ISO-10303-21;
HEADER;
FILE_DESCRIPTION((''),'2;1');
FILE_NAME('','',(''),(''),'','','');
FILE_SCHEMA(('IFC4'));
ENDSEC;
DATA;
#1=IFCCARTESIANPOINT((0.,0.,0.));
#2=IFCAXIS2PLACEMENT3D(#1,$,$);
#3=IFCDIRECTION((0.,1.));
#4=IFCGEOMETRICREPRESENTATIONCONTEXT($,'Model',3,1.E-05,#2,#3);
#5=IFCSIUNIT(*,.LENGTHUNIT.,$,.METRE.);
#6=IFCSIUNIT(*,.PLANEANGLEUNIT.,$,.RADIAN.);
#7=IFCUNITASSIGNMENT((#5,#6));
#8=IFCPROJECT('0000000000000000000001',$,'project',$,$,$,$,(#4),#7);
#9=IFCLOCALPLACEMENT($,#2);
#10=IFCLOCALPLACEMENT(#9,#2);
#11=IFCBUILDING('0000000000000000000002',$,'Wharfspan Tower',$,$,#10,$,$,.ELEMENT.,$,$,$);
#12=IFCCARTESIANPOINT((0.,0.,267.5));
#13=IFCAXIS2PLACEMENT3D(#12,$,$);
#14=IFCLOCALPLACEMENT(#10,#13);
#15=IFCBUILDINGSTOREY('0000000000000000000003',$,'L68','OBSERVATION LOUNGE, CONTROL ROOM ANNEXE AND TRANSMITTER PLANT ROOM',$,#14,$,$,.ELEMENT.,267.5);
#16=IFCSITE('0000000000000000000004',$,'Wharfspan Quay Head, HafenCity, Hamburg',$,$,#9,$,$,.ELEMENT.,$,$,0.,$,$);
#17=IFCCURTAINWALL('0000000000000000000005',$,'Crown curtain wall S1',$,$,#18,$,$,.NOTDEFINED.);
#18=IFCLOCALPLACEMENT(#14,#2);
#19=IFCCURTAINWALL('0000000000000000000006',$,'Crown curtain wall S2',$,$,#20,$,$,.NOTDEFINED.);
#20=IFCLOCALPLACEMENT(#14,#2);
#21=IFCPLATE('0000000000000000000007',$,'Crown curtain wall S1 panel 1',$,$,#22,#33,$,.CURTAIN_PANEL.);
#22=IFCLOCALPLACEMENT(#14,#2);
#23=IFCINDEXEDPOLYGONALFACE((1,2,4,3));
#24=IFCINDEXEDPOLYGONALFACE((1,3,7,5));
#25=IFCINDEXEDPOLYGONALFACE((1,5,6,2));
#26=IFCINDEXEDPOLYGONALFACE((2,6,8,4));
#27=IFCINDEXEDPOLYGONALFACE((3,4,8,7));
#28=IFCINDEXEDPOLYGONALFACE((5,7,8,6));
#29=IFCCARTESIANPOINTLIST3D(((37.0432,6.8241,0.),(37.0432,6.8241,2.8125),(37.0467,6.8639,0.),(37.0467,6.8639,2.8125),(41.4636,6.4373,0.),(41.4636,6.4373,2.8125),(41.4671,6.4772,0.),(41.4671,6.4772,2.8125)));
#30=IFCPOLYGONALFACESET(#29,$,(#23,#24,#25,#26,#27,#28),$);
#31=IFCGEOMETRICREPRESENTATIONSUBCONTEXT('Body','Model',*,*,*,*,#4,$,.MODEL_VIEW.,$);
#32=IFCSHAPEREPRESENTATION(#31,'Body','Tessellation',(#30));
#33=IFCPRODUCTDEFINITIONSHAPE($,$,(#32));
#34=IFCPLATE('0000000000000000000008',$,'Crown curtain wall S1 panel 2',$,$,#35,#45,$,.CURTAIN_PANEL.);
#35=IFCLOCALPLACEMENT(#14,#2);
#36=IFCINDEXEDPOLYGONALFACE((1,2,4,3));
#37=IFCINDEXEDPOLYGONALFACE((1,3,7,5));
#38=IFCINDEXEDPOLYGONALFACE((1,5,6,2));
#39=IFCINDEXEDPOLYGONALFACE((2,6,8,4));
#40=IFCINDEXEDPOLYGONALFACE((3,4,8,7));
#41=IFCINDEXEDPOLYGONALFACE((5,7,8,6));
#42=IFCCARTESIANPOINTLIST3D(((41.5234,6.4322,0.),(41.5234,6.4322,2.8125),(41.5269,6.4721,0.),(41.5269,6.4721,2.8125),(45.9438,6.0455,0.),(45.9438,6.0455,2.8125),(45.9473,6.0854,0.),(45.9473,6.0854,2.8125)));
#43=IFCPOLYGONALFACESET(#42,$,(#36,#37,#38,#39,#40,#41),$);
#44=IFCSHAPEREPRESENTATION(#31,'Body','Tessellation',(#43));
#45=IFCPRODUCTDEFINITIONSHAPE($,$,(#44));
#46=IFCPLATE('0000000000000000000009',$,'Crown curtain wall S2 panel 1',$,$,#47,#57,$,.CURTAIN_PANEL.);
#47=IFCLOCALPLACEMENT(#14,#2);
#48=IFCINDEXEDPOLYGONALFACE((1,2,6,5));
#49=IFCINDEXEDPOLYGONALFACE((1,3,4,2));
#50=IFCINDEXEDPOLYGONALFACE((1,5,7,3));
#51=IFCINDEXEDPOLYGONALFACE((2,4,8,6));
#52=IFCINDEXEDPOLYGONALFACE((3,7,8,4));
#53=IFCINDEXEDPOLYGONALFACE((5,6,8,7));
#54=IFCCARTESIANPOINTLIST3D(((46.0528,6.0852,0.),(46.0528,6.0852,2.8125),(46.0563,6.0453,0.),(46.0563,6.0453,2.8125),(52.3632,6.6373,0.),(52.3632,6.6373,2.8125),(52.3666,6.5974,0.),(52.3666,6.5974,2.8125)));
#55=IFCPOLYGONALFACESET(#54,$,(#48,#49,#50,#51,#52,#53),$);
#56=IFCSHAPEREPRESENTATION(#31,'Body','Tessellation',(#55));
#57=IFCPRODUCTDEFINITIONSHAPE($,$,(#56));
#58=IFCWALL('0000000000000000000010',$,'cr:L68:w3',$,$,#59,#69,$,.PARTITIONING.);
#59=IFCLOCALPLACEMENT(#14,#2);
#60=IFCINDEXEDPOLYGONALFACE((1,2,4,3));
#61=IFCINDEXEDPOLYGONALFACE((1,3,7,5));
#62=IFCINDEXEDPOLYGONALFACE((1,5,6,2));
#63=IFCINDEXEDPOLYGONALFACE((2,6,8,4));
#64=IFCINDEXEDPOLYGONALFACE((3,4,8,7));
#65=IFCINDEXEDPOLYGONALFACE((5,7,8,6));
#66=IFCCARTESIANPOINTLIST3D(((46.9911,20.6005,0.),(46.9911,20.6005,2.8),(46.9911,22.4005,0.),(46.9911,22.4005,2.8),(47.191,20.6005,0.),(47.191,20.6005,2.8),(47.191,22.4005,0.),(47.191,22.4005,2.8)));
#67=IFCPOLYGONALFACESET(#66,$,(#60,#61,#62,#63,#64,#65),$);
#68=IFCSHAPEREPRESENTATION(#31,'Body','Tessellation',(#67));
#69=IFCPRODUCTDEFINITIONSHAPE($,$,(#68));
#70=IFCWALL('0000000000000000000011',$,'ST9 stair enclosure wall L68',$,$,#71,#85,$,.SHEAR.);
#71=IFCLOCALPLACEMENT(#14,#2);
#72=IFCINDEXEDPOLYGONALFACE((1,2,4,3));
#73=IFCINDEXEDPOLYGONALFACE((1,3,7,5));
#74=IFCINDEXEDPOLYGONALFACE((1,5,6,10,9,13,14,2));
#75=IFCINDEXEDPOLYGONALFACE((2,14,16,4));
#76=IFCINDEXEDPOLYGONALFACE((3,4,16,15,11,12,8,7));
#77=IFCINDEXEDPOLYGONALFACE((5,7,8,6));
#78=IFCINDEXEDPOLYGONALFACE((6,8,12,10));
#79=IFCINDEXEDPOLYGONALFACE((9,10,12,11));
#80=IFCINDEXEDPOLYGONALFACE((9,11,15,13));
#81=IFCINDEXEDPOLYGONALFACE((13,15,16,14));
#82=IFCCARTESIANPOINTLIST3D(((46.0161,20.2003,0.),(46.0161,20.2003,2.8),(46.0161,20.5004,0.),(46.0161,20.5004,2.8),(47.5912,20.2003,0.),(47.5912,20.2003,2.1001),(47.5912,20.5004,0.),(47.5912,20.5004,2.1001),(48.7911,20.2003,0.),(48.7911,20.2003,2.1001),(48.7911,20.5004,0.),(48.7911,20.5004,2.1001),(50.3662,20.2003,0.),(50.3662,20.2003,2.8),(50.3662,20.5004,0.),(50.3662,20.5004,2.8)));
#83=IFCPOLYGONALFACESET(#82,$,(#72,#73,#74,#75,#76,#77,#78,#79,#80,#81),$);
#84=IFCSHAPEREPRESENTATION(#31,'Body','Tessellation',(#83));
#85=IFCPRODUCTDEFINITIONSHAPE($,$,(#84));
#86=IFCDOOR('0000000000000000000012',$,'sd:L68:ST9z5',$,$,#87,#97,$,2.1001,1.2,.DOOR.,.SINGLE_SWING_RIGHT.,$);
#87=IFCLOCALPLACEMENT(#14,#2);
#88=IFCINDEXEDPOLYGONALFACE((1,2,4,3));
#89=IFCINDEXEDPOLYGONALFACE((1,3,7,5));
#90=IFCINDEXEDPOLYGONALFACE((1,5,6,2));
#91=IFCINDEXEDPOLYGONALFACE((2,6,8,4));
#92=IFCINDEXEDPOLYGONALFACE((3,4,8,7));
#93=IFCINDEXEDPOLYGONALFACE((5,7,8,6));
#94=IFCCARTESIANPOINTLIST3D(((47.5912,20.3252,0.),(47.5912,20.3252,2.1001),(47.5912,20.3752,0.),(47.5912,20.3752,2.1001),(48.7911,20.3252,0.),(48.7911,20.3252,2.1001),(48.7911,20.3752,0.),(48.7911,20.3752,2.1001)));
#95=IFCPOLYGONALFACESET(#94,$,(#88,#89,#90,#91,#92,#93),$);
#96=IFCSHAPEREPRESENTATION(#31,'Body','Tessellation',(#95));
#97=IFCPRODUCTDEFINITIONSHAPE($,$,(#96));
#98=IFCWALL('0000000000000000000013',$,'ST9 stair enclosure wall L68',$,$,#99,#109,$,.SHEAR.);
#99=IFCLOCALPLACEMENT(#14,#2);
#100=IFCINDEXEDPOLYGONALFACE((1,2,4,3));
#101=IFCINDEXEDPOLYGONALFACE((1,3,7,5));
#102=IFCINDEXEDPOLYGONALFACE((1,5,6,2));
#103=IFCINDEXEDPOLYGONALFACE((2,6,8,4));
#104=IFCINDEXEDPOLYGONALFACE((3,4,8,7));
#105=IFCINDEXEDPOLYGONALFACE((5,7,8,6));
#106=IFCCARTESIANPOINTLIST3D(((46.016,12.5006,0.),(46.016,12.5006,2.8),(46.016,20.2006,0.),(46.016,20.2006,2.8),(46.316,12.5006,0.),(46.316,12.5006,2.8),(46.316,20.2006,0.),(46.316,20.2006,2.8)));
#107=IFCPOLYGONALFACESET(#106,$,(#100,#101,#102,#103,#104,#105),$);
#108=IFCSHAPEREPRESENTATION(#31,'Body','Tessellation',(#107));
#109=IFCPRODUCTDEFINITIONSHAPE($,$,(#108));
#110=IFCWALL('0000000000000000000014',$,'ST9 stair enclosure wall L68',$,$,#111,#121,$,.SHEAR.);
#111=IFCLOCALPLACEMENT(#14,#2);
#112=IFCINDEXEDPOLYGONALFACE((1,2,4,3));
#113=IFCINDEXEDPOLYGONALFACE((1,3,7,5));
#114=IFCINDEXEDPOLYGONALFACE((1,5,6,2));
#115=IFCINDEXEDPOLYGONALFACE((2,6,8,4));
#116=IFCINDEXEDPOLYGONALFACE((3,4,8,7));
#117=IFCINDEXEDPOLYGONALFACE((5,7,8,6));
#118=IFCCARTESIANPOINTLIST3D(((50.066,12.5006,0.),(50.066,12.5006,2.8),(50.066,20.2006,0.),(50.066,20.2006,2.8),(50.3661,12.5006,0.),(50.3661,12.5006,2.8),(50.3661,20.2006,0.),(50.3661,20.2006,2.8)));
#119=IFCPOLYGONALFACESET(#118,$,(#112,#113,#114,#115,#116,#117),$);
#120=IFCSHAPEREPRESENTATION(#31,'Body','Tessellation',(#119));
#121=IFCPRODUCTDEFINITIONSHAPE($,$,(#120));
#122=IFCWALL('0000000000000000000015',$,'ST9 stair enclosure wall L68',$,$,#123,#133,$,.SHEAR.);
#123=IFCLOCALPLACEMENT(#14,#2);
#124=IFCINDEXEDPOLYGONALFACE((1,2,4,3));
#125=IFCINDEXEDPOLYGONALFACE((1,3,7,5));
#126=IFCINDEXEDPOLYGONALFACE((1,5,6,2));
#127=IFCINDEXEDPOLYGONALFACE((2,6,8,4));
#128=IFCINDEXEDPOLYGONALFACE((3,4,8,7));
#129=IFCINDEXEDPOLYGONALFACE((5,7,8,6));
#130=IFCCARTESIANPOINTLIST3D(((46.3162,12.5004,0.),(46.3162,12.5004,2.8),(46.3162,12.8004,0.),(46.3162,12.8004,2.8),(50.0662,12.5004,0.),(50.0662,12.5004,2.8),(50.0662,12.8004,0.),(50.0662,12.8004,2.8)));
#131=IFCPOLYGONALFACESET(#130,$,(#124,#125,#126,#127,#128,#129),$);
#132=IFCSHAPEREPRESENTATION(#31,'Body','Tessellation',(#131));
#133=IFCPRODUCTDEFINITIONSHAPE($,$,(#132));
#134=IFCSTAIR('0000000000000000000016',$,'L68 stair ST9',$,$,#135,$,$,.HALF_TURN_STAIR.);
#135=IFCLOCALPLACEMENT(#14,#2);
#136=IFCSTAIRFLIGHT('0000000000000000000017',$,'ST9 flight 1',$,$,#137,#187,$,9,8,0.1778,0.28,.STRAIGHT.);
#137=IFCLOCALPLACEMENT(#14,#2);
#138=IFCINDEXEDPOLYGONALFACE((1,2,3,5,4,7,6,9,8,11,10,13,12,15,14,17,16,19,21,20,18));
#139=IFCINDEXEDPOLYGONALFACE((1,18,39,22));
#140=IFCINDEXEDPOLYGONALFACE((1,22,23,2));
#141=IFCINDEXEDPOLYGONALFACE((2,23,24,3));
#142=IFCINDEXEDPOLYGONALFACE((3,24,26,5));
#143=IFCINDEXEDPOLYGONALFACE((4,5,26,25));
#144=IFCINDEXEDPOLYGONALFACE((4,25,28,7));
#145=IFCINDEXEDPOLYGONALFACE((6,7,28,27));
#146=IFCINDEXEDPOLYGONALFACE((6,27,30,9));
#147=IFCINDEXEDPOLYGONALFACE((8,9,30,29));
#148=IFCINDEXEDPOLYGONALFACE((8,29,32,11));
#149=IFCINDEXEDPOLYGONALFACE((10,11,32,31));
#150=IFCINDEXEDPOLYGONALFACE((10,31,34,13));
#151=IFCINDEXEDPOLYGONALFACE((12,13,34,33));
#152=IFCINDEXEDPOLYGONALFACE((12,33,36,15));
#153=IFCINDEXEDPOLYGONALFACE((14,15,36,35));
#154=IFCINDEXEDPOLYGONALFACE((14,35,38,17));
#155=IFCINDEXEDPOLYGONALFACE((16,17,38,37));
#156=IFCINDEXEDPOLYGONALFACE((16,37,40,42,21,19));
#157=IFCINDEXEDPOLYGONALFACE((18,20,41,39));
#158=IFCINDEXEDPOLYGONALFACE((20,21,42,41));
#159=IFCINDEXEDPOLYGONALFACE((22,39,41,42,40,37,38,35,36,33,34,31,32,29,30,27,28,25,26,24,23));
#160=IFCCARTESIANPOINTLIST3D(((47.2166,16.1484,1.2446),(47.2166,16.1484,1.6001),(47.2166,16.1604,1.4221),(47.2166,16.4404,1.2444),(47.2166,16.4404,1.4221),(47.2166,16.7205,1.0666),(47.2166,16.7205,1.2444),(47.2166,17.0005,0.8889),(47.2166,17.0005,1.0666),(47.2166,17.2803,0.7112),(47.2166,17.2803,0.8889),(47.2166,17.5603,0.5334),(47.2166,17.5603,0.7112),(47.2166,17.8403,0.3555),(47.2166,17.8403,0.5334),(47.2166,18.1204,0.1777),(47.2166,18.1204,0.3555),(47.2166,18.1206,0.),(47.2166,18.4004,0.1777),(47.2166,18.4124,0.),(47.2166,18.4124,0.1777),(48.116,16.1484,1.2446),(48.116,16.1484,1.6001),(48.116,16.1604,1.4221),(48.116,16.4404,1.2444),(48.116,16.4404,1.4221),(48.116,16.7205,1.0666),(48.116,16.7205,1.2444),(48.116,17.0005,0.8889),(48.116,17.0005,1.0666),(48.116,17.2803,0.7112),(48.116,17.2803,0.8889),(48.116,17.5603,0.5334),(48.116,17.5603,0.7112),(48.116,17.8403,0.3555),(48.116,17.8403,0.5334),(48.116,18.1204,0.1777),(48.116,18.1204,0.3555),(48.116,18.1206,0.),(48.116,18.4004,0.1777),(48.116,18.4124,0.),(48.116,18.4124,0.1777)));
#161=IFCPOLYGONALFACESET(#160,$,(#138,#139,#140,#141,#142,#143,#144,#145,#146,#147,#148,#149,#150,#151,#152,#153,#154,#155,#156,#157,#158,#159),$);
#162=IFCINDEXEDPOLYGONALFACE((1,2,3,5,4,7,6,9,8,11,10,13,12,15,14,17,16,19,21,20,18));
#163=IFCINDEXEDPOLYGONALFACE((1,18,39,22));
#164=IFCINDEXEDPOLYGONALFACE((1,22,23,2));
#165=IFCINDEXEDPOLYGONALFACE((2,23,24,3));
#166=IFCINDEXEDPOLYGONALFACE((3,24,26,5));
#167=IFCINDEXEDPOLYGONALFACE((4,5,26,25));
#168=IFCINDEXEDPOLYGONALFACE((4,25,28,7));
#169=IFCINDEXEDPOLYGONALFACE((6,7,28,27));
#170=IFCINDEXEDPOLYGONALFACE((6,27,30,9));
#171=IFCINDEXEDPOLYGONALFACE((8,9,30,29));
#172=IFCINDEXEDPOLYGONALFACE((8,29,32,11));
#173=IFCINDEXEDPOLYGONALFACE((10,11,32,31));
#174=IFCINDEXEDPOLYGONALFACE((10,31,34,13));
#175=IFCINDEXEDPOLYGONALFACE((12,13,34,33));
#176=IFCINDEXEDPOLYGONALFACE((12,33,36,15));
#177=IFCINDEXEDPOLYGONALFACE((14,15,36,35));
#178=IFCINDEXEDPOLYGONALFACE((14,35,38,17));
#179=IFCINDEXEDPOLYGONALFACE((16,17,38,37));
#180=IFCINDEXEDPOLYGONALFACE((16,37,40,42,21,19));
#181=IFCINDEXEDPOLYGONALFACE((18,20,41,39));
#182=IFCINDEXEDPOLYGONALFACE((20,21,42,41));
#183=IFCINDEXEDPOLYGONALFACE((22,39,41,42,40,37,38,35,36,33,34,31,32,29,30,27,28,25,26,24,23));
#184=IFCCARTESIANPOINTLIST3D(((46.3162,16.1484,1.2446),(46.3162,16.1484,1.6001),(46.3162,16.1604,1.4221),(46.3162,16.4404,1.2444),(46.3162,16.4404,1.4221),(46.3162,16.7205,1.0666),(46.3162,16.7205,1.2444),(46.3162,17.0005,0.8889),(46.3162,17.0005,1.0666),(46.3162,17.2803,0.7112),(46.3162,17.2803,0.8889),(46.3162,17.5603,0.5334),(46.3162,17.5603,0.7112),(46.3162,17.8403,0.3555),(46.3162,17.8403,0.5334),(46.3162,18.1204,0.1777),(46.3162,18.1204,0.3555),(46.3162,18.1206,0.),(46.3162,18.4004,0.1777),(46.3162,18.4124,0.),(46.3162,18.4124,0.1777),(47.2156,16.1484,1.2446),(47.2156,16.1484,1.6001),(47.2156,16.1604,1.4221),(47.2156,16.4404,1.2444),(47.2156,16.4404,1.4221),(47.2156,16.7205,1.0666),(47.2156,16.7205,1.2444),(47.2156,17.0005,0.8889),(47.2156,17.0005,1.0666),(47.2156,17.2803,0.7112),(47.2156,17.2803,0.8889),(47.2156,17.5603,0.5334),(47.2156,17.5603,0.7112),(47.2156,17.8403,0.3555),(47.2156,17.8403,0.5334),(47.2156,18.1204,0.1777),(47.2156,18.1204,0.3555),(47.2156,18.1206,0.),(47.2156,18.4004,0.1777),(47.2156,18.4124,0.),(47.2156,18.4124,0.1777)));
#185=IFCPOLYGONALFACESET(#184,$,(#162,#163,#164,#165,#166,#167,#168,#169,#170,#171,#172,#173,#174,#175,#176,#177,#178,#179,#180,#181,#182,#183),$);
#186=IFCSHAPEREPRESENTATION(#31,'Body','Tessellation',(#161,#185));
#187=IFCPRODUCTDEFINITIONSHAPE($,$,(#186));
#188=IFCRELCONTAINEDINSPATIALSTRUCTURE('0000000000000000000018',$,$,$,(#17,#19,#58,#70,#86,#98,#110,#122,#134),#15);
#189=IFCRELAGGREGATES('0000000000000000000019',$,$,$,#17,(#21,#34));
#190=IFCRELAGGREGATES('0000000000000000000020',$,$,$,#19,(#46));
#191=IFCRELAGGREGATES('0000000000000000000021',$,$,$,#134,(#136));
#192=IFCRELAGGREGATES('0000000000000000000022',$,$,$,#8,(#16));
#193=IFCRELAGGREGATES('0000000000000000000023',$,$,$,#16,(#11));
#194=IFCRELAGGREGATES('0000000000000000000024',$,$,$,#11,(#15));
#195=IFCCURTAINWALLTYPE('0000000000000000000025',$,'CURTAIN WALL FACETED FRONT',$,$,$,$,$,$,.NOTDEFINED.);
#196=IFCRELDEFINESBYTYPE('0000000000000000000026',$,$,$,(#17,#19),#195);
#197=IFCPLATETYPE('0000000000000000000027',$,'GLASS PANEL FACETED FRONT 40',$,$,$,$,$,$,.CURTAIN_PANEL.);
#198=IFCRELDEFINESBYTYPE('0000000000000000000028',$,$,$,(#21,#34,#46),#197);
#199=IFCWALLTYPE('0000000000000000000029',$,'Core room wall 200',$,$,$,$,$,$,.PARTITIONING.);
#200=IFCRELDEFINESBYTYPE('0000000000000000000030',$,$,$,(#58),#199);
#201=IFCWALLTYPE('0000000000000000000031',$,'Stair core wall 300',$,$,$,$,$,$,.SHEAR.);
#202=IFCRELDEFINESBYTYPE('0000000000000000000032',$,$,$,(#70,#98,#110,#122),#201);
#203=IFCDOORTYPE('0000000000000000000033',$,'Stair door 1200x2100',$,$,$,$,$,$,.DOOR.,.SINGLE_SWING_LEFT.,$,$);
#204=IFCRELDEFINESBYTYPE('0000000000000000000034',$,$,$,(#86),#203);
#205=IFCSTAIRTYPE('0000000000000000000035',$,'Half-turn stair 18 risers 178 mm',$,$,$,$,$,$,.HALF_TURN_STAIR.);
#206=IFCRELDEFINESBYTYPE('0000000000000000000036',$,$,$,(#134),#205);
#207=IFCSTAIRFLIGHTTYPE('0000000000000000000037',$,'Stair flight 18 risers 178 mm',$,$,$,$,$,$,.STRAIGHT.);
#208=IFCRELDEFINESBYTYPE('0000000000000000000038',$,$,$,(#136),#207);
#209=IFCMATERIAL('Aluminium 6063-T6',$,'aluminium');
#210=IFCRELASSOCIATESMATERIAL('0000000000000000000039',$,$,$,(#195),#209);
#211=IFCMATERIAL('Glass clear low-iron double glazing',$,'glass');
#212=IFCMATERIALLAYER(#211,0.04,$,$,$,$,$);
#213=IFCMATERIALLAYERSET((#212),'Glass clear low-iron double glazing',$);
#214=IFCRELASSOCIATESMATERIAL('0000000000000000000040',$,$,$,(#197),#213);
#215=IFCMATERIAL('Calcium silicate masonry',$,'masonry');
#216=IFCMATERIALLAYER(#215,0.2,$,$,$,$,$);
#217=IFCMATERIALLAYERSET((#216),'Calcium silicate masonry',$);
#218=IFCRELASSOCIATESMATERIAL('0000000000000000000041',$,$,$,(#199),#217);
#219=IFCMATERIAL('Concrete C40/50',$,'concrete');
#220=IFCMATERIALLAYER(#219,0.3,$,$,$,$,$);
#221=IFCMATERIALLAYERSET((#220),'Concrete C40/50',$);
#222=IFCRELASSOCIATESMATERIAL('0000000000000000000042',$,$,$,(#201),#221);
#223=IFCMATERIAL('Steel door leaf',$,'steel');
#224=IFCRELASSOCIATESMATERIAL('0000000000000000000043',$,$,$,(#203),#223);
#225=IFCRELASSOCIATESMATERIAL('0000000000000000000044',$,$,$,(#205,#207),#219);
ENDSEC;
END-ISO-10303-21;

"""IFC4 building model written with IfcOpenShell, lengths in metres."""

from ifc_helpers import new_model, si_unit, direction, frame, frame_2d, origin, origin_2d, place, context, subcontext, project, spatial, polyline, rectangle, outline, extrude, material, layer, layer_set, type_object, element, fill, aggregate, save


model = new_model("IFC4")

# Units and contexts
model_context = context("Model", 3, precision=1e-05, world=origin(), true_north=direction((0.0, 1.0)))
body_context = subcontext(model_context, "Body", "Model", "MODEL_VIEW")
ifc_project = project(units=[si_unit("LENGTHUNIT", "METRE"), si_unit("PLANEANGLEUNIT", "RADIAN")], contexts=[model_context])

# Site, building, storey
site_placement = place(None, origin())
site = spatial("IfcSite", under=ifc_project, at=site_placement, Name="Wharfspan Quay Head, HafenCity, Hamburg", CompositionType="ELEMENT", RefElevation=0.0)
building_placement = place(site_placement, origin())
building = spatial("IfcBuilding", under=site, at=building_placement, Name="Wharfspan Tower", CompositionType="ELEMENT")
storey_placement = place(building_placement, frame((0.0, 0.0, 267.5)))
storey = spatial("IfcBuildingStorey", under=building, at=storey_placement, Name="L68", Description="OBSERVATION LOUNGE, CONTROL ROOM ANNEXE AND TRANSMITTER PLANT ROOM", CompositionType="ELEMENT", Elevation=267.5)

# Curtain wall
ifc_material_1 = material(Name="Aluminium 6063-T6", Category="aluminium")
curtain_wall_type = type_object("IfcCurtainWallType", Name="CURTAIN WALL FACETED FRONT", PredefinedType="NOTDEFINED", material=ifc_material_1)
curtain_wall_1_placement = place(storey_placement, origin())
curtain_wall_1 = element("IfcCurtainWall", 1, at=curtain_wall_1_placement, inside=storey, type_object=curtain_wall_type, Name="Crown curtain wall S1", PredefinedType="NOTDEFINED")

# Curtain wall
curtain_wall_2_placement = place(storey_placement, origin())
curtain_wall_2 = element("IfcCurtainWall", 2, at=curtain_wall_2_placement, inside=storey, type_object=curtain_wall_type, Name="Crown curtain wall S2", PredefinedType="NOTDEFINED")

# Plates
ifc_material_2 = material(Name="Glass clear low-iron double glazing", Category="glass")
ifc_layer_1 = layer(ifc_material_2, 0.04)
ifc_layer_set_1 = layer_set([ifc_layer_1], Name="Glass clear low-iron double glazing")
plate_type = type_object("IfcPlateType", Name="GLASS PANEL FACETED FRONT 40", PredefinedType="CURTAIN_PANEL", material=ifc_layer_set_1)
plate_1_placement = place(storey_placement, frame((39.2551, 6.6506, 0.0), z_axis=(0.0, 0.0, 1.0), x_axis=(0.996198, -0.087156, 0.0)))
plate_1 = element("IfcPlate", 3, at=plate_1_placement, type_object=plate_type, Name="Crown curtain wall S1 panel 1", PredefinedType="CURTAIN_PANEL", context=body_context, shape_type="SweptSolid", body=[
    extrude(rectangle(XDim=4.4373, YDim=0.04, at=origin_2d()), origin(), (0.0, 0.0, 1.0), 2.8125),
])
plate_2_placement = place(storey_placement, frame((43.7354, 6.2588, 0.0), z_axis=(0.0, 0.0, 1.0), x_axis=(0.996198, -0.087156, 0.0)))
plate_2 = element("IfcPlate", 4, at=plate_2_placement, type_object=plate_type, Name="Crown curtain wall S1 panel 2", PredefinedType="CURTAIN_PANEL", context=body_context, shape_type="SweptSolid", body=[
    extrude(rectangle(XDim=4.4373, YDim=0.04, at=origin_2d()), origin(), (0.0, 0.0, 1.0), 2.8125),
])
aggregate(curtain_wall_1, [plate_1, plate_2])
plate_3_placement = place(storey_placement, frame((49.2097, 6.3413, 0.0), z_axis=(0.0, 0.0, 1.0), x_axis=(0.996198, 0.087156, 0.0)))
plate_3 = element("IfcPlate", 5, at=plate_3_placement, type_object=plate_type, Name="Crown curtain wall S2 panel 1", PredefinedType="CURTAIN_PANEL", context=body_context, shape_type="SweptSolid", body=[
    extrude(rectangle(XDim=6.3345, YDim=0.04, at=origin_2d()), origin(), (0.0, 0.0, 1.0), 2.8125),
])
aggregate(curtain_wall_2, [plate_3])

# Wall
ifc_material_3 = material(Name="Calcium silicate masonry", Category="masonry")
ifc_layer_2 = layer(ifc_material_3, 0.2)
ifc_layer_set_2 = layer_set([ifc_layer_2], Name="Calcium silicate masonry")
wall_type_1 = type_object("IfcWallType", Name="Core room wall 200", PredefinedType="PARTITIONING", material=ifc_layer_set_2)
wall_1_placement = place(storey_placement, frame((47.0911, 22.4004, 0.0), z_axis=(0.0, 0.0, 1.0), x_axis=(0.0, -1.0, 0.0)))
element("IfcWall", 6, at=wall_1_placement, inside=storey, type_object=wall_type_1, Name="cr:L68:w3", PredefinedType="PARTITIONING", context=body_context, shape_type="SweptSolid", body=[
    extrude(rectangle(XDim=1.8, YDim=0.2, at=frame_2d((0.8999, 0.0))), origin(), (0.0, 0.0, 1.0), 2.8),
])

# Wall, opening, door
ifc_material_4 = material(Name="Concrete C40/50", Category="concrete")
ifc_layer_3 = layer(ifc_material_4, 0.3)
ifc_layer_set_3 = layer_set([ifc_layer_3], Name="Concrete C40/50")
wall_type_2 = type_object("IfcWallType", Name="Stair core wall 300", PredefinedType="SHEAR", material=ifc_layer_set_3)
wall_2_placement = place(storey_placement, frame((46.0161, 20.3503, 0.0), z_axis=(0.0, 0.0, 1.0), x_axis=(1.0, 0.0, 0.0)))
wall_2 = element("IfcWall", 7, at=wall_2_placement, inside=storey, type_object=wall_type_2, Name="ST9 stair enclosure wall L68", PredefinedType="SHEAR", context=body_context, shape_type="SweptSolid", body=[
    extrude(rectangle(XDim=4.3501, YDim=0.3, at=frame_2d((2.175, 0.0))), origin(), (0.0, 0.0, 1.0), 2.8),
])
opening_placement = place(wall_2_placement, frame((1.575, 0.0, 0.0)))
opening = element("IfcOpeningElement", 8, at=opening_placement, cuts=wall_2, PredefinedType="OPENING", context=body_context, shape_type="SweptSolid", body=[
    extrude(rectangle(XDim=1.2, YDim=2.1001, at=frame_2d((0.6001, 1.05))), frame((0.0, 0.1599, 0.0), z_axis=(0.0, -1.0, 0.0), x_axis=(1.0, 0.0, 0.0)), (0.0, 0.0, 1.0), 0.3201),
])
ifc_material_5 = material(Name="Steel door leaf", Category="steel")
door_type = type_object("IfcDoorType", Name="Stair door 1200x2100", OperationType="SINGLE_SWING_LEFT", PredefinedType="DOOR", material=ifc_material_5)
door_placement = place(opening_placement, origin())
door = element("IfcDoor", 9, at=door_placement, inside=storey, type_object=door_type, Name="sd:L68:ST9z5", OperationType="SINGLE_SWING_RIGHT", OverallHeight=2.1001, OverallWidth=1.2, PredefinedType="DOOR", context=body_context, shape_type="SweptSolid", body=[
    extrude(rectangle(XDim=1.2, YDim=2.1001, at=frame_2d((0.6001, 1.05))), frame((0.0, 0.0249, 0.0), z_axis=(0.0, -1.0, 0.0), x_axis=(1.0, 0.0, 0.0)), (0.0, 0.0, 1.0), 0.05),
])
fill(opening, door)

# Walls
for number, where, z_axis, x_axis, name in (
    (10, (46.166, 12.5005, 0.0), (0.0, 0.0, 1.0), (0.0, 1.0, 0.0), "ST9 stair enclosure wall L68"),
    (11, (50.2161, 12.5005, 0.0), (0.0, 0.0, 1.0), (0.0, 1.0, 0.0), "ST9 stair enclosure wall L68"),
):
    element("IfcWall", number, at=place(storey_placement, frame(where, z_axis=z_axis, x_axis=x_axis)), inside=storey, type_object=wall_type_2, Name=name, PredefinedType="SHEAR", context=body_context, shape_type="SweptSolid", body=[
        extrude(rectangle(XDim=7.7, YDim=0.3, at=frame_2d((3.8501, 0.0))), origin(), (0.0, 0.0, 1.0), 2.8),
    ])
wall_3_placement = place(storey_placement, frame((46.3162, 12.6504, 0.0), z_axis=(0.0, 0.0, 1.0), x_axis=(1.0, 0.0, 0.0)))
element("IfcWall", 12, at=wall_3_placement, inside=storey, type_object=wall_type_2, Name="ST9 stair enclosure wall L68", PredefinedType="SHEAR", context=body_context, shape_type="SweptSolid", body=[
    extrude(rectangle(XDim=3.75, YDim=0.3, at=frame_2d((1.875, 0.0))), origin(), (0.0, 0.0, 1.0), 2.8),
])

# Stair, stair flight
stair_type = type_object("IfcStairType", Name="Half-turn stair 18 risers 178 mm", PredefinedType="HALF_TURN_STAIR", material=ifc_material_4)
stair_placement = place(storey_placement, origin())
stair = element("IfcStair", 13, at=stair_placement, inside=storey, type_object=stair_type, Name="L68 stair ST9", PredefinedType="HALF_TURN_STAIR")
stair_flight_type = type_object("IfcStairFlightType", Name="Stair flight 18 risers 178 mm", PredefinedType="STRAIGHT", material=ifc_material_4)
stair_flight_1_placement = place(storey_placement, frame((47.2161, 18.4004, 0.0), z_axis=(0.0, 0.0, 1.0), x_axis=(0.0, -1.0, 0.0)))
stair_flight_1 = element("IfcStairFlight", 14, at=stair_flight_1_placement, type_object=stair_flight_type, Name="ST9 flight 1", NumberOfRisers=9, NumberOfTreads=8, PredefinedType="STRAIGHT", RiserHeight=0.1778, TreadLength=0.28, context=body_context, shape_type="SweptSolid", body=[
    extrude(outline(polyline([(-0.012, 0.0), (-0.012, 0.1777), (0.0, 0.1777), (0.28, 0.1777), (0.28, 0.3555), (0.5601, 0.3555), (0.5601, 0.5334), (0.8401, 0.5334), (0.8401, 0.7112), (1.1201, 0.7112), (1.1201, 0.8889), (1.3999, 0.8889), (1.3999, 1.0667), (1.6799, 1.0667), (1.6799, 1.2444), (1.96, 1.2444), (1.96, 1.4221), (2.24, 1.4221), (2.252, 1.6001), (2.252, 1.2446), (0.2798, 0.0), (-0.012, 0.0)])), frame((0.0, 0.8999, 0.0), z_axis=(0.0, -1.0, 0.0), x_axis=(1.0, 0.0, 0.0)), (0.0, 0.0, 1.0), 0.8994),
    extrude(outline(polyline([(-0.012, 0.0), (-0.012, 0.1777), (0.0, 0.1777), (0.28, 0.1777), (0.28, 0.3555), (0.5601, 0.3555), (0.5601, 0.5334), (0.8401, 0.5334), (0.8401, 0.7112), (1.1201, 0.7112), (1.1201, 0.8889), (1.3999, 0.8889), (1.3999, 1.0667), (1.6799, 1.0667), (1.6799, 1.2444), (1.96, 1.2444), (1.96, 1.4221), (2.24, 1.4221), (2.252, 1.6001), (2.252, 1.2446), (0.2798, 0.0), (-0.012, 0.0)])), frame((0.0, -0.0005, 0.0), z_axis=(0.0, -1.0, 0.0), x_axis=(1.0, 0.0, 0.0)), (0.0, 0.0, 1.0), 0.8994),
])
aggregate(stair, [stair_flight_1])

save(model, "model.ifc")
